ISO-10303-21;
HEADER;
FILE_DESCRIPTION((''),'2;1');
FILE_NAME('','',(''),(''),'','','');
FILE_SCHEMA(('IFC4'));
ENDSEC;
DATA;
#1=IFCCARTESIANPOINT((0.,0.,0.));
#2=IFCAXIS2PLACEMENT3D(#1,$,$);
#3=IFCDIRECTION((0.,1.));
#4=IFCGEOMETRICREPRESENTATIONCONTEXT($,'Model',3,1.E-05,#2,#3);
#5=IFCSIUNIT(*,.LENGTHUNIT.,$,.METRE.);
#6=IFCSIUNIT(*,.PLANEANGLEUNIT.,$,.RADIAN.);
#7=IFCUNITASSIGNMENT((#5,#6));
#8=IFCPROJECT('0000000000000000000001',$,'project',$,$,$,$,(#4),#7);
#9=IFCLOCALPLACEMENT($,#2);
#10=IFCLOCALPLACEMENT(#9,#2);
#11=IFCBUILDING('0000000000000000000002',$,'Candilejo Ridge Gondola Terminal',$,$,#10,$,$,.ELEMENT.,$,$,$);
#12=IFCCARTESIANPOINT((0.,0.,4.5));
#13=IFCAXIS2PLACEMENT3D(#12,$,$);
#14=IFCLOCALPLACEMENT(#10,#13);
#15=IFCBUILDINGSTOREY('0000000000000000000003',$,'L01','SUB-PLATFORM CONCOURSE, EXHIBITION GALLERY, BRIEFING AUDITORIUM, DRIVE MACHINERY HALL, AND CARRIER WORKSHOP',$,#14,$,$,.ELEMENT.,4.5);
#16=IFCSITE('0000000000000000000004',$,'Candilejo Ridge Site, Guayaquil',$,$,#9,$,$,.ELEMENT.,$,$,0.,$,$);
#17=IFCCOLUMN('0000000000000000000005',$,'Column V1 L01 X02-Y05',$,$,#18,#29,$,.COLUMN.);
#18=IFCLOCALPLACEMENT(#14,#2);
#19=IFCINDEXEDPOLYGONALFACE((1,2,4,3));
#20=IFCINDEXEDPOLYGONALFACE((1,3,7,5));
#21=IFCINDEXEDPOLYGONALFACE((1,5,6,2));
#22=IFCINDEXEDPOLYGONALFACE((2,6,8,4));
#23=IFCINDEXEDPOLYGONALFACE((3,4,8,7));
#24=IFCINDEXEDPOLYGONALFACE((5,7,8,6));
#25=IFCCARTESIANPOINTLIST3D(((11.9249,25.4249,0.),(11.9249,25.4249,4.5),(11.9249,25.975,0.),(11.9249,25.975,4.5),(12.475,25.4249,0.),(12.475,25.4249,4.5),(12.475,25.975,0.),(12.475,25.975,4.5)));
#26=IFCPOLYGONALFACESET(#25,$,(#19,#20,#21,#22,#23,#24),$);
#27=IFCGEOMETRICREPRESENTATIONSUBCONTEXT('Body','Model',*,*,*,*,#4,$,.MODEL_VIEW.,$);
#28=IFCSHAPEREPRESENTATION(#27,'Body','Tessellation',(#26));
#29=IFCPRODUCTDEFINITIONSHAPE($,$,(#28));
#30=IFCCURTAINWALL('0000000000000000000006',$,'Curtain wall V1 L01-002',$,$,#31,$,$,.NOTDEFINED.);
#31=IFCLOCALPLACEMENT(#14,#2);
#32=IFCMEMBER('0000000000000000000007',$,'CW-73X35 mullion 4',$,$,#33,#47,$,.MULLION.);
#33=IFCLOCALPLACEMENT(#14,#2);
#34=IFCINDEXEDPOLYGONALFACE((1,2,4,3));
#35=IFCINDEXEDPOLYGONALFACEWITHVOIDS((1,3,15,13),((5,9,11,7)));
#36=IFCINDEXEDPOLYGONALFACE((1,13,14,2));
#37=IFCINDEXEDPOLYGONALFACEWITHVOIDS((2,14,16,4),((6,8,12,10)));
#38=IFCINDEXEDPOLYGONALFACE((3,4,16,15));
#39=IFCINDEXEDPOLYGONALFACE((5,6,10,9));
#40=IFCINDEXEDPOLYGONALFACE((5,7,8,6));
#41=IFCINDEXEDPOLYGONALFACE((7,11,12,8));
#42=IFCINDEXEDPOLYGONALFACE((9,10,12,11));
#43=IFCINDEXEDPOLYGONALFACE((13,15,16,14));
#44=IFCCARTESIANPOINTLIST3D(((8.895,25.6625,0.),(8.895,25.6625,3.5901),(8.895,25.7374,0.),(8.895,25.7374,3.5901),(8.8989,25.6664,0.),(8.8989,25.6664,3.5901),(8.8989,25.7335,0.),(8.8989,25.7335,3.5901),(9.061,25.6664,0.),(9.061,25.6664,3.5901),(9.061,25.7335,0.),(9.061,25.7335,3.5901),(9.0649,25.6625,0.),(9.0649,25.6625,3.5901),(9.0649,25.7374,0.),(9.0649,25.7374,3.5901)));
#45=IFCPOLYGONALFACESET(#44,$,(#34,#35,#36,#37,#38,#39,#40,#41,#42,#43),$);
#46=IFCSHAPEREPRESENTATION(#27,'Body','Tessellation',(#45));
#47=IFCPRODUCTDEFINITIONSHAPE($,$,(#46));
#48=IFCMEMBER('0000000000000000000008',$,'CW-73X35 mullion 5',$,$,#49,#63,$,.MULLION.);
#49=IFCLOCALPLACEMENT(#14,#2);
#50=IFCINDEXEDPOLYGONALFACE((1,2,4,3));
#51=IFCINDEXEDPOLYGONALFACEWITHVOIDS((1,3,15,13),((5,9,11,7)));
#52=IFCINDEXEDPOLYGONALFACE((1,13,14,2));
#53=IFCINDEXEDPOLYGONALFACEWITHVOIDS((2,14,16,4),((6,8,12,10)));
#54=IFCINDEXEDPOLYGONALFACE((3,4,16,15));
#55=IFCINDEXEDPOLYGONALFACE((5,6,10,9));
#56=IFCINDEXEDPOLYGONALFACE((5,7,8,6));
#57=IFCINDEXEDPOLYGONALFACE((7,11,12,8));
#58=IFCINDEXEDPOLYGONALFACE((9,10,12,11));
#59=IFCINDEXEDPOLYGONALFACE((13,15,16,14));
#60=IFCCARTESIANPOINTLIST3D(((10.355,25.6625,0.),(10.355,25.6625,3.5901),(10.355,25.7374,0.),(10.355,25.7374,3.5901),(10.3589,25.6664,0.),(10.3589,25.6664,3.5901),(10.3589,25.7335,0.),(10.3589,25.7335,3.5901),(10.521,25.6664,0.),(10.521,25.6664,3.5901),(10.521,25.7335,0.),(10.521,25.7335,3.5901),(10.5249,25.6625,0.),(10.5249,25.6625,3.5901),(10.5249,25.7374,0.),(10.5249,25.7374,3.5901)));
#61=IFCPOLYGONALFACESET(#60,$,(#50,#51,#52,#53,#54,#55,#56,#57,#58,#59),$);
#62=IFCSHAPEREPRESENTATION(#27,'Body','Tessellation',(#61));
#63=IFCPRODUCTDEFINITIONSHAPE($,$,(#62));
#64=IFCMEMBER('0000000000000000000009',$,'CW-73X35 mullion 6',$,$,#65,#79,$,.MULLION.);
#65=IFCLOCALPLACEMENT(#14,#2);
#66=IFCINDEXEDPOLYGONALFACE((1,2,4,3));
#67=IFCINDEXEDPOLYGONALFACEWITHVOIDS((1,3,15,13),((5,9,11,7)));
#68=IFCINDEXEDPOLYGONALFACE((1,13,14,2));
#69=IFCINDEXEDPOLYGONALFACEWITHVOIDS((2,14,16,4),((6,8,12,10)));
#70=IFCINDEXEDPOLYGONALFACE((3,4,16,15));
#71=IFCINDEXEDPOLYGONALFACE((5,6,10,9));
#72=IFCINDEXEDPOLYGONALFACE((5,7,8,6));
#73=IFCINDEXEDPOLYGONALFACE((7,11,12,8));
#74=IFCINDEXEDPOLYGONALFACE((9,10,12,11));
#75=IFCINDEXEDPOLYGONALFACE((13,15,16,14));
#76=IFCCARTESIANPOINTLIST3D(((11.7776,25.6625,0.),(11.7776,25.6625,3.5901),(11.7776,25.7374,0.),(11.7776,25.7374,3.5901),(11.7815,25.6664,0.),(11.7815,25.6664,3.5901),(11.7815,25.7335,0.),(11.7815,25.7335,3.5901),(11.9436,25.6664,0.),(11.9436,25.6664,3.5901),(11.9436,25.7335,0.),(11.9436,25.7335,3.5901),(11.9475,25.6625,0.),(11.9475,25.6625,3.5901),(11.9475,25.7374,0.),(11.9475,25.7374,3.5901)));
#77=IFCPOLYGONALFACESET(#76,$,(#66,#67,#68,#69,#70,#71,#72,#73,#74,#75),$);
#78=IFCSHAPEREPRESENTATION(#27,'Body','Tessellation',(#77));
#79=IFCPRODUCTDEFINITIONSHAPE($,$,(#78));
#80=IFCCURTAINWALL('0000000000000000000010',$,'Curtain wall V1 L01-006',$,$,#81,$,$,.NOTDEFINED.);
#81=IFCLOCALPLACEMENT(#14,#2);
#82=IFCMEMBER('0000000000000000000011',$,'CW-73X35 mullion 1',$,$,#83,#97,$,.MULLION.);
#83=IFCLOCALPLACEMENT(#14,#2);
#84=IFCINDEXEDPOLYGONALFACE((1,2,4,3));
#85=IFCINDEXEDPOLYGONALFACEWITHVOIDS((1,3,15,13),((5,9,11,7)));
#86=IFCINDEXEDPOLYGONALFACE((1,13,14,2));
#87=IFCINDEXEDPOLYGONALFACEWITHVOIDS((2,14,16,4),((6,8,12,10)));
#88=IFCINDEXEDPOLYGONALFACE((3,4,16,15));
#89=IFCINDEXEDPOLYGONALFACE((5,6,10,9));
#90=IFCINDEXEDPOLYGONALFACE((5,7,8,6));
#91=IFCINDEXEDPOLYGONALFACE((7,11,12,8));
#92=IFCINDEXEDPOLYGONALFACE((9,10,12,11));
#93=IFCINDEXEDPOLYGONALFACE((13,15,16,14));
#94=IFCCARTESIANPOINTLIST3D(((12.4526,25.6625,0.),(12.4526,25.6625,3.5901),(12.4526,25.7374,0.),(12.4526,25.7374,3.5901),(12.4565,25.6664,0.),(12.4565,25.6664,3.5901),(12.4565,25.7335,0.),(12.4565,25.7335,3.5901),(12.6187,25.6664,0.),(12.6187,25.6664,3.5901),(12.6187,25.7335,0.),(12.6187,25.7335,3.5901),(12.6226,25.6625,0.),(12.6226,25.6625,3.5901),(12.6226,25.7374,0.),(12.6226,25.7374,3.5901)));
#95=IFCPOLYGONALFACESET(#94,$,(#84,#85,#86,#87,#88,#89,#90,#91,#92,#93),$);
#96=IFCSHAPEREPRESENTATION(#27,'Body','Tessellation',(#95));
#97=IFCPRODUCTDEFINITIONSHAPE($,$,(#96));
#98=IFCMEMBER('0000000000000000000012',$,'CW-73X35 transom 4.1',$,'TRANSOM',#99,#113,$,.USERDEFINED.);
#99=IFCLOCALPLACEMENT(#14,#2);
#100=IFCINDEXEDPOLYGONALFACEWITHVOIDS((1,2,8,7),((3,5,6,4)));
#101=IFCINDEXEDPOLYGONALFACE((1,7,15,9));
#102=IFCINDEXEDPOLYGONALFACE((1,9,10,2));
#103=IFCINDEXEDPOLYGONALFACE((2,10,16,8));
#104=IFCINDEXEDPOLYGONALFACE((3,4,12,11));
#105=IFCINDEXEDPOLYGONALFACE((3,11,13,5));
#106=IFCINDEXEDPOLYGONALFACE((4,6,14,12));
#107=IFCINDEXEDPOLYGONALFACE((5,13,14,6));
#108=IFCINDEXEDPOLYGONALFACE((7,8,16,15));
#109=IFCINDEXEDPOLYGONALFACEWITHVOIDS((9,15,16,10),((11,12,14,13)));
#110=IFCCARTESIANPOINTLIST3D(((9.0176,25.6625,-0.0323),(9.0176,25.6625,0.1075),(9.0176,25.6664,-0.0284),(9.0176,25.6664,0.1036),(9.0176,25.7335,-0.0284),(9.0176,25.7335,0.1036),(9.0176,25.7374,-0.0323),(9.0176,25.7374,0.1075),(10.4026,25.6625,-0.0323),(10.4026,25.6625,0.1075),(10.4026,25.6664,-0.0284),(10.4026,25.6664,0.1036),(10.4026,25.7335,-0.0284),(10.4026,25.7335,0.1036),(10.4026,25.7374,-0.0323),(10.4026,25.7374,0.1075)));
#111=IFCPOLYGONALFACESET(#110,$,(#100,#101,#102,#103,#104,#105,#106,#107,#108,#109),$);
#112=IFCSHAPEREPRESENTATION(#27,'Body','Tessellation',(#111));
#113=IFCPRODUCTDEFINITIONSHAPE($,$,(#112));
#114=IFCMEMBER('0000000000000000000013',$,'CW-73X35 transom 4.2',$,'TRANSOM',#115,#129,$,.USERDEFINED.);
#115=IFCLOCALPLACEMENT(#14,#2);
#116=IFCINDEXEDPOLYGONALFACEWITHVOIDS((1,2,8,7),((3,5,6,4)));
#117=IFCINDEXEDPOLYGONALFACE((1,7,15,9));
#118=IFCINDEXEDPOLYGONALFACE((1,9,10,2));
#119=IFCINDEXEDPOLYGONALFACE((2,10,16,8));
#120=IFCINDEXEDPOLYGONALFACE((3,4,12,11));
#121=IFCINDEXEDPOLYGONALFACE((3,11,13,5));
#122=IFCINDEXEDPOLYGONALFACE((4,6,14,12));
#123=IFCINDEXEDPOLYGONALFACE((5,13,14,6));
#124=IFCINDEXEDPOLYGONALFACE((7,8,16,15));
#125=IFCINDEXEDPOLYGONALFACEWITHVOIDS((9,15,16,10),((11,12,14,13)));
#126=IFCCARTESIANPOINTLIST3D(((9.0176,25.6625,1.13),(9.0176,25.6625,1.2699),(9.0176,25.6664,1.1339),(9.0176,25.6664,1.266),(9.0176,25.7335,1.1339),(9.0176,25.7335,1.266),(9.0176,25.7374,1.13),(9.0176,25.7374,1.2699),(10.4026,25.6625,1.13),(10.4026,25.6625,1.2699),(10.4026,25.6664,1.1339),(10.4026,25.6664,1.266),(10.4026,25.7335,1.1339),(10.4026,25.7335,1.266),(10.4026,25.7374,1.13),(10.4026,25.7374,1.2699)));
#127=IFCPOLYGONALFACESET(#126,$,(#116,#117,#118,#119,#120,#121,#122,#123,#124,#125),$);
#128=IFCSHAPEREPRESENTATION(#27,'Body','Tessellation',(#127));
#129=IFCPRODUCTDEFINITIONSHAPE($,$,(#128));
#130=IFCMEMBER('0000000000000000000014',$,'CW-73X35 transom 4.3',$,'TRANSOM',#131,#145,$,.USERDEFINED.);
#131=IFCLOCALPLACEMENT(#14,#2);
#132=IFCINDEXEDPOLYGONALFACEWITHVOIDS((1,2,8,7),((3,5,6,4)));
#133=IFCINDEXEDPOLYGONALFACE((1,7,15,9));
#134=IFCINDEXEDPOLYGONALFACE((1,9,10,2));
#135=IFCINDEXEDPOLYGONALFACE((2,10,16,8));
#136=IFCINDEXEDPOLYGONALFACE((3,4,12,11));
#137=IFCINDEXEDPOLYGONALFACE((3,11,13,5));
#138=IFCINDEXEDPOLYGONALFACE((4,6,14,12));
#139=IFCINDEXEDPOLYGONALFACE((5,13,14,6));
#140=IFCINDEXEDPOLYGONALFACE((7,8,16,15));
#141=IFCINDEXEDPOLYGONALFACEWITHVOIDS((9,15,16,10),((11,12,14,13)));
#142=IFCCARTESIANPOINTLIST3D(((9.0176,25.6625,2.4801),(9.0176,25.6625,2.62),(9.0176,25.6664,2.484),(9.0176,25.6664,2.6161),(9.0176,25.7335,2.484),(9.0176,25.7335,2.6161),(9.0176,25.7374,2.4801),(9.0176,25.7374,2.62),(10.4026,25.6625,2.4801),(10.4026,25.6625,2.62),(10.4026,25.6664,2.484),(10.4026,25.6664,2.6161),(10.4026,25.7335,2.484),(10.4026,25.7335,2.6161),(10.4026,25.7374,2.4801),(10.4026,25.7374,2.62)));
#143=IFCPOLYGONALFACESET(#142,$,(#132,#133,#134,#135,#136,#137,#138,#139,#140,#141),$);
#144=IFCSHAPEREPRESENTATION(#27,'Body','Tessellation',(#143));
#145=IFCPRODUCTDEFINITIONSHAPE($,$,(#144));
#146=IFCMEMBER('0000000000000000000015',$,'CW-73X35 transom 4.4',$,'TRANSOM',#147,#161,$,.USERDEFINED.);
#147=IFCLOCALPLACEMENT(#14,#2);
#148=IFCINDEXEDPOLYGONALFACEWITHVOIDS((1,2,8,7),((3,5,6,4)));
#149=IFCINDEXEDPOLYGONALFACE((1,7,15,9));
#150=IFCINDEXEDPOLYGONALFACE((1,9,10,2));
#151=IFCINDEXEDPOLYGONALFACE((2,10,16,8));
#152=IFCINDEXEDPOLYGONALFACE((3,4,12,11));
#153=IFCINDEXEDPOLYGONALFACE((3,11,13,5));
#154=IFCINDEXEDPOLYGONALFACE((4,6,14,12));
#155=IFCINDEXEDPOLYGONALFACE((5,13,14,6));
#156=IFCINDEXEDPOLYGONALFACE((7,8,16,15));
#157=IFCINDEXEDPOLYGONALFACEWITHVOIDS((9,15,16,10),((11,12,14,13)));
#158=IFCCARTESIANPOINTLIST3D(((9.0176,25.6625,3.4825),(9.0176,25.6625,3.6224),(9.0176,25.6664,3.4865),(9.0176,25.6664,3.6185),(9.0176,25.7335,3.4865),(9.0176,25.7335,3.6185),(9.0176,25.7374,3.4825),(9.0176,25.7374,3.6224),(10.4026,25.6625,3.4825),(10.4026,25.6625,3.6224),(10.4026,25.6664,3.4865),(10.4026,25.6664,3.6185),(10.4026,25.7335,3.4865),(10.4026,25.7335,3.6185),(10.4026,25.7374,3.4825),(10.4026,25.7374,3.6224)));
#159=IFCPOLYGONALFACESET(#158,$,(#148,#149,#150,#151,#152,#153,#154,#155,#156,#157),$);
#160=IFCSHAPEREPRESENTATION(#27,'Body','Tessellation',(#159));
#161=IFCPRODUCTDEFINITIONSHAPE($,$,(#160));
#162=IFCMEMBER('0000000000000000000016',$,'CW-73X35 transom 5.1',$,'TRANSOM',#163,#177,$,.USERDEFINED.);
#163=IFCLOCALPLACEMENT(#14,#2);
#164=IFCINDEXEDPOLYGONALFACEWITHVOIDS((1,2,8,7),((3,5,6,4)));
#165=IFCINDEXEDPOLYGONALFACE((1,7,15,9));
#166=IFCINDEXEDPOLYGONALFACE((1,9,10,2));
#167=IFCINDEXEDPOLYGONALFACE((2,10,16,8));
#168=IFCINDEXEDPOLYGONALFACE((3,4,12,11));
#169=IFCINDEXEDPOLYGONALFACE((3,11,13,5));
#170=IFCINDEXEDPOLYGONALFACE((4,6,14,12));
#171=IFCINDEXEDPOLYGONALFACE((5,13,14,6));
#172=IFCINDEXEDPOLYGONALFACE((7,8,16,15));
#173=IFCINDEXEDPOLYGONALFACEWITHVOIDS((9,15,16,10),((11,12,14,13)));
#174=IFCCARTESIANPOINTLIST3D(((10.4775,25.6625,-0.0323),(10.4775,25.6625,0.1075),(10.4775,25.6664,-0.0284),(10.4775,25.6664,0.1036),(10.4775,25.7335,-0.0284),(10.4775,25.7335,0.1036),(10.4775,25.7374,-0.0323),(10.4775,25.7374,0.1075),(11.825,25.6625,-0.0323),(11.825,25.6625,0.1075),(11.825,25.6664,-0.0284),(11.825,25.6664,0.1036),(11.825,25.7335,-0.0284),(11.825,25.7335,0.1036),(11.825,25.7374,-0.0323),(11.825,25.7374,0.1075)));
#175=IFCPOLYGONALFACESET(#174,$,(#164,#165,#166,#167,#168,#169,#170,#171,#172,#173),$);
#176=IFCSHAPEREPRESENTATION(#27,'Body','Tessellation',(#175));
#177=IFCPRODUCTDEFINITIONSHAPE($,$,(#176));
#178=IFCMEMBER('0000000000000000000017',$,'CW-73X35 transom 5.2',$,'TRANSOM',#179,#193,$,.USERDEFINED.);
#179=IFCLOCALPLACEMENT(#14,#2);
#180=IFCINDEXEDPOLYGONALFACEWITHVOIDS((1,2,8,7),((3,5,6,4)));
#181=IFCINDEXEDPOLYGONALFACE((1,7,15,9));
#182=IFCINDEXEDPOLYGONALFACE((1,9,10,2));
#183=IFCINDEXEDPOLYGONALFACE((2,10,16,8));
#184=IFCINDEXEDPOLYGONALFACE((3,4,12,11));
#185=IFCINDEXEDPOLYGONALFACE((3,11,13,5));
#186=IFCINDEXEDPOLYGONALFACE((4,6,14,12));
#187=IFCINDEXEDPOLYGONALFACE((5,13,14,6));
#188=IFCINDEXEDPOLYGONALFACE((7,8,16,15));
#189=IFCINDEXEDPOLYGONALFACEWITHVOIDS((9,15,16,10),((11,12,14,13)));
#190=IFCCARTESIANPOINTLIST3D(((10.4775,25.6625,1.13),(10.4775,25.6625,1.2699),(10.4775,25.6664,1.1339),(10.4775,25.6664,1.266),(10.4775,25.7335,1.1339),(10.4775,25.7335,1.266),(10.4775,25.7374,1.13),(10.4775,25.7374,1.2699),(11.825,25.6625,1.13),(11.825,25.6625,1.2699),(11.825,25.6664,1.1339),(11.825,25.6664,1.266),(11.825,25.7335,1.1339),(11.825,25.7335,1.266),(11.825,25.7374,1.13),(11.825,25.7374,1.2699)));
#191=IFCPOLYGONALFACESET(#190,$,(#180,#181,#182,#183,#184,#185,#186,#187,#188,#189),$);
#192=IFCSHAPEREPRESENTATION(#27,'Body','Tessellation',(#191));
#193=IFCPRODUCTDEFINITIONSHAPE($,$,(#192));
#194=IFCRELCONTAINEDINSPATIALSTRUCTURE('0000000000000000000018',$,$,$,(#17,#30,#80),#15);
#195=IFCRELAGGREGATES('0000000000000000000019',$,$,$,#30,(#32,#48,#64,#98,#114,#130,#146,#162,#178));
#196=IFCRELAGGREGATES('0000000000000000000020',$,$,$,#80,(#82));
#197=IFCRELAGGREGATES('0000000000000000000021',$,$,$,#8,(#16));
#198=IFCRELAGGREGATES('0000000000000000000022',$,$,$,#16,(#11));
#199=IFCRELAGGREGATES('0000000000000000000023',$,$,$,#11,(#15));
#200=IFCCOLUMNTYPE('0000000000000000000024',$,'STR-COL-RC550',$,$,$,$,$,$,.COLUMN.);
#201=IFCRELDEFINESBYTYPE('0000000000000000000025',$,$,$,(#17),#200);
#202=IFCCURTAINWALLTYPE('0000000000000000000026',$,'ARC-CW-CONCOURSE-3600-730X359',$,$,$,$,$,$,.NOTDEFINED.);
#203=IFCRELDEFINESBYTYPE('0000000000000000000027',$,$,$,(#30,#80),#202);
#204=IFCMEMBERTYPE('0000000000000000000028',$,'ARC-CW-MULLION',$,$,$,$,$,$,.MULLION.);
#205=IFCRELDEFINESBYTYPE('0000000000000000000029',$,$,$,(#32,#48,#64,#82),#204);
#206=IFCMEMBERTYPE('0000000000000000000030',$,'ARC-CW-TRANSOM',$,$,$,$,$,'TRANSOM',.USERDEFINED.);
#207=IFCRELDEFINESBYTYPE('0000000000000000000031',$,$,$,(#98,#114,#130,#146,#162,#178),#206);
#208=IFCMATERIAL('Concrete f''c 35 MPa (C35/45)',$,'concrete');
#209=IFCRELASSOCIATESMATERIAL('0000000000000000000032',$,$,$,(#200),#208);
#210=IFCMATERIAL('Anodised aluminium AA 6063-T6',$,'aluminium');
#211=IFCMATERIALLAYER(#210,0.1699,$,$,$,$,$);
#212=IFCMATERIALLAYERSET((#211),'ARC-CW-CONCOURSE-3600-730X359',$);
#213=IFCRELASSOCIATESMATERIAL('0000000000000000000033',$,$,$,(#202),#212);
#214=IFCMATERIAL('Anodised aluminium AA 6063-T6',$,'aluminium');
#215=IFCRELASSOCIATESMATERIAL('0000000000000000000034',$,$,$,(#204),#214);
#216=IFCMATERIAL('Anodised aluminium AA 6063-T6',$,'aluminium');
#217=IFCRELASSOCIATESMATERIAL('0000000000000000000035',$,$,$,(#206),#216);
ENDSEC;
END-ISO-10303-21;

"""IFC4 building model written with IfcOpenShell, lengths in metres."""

from ifc_helpers import new_model, si_unit, direction, frame, origin, origin_2d, place, context, subcontext, project, spatial, rectangle, hollow_rectangle, extrude, material, layer, layer_set, material_profile, profile_set, type_object, element, aggregate, save


model = new_model("IFC4")

# Units and contexts
model_context = context("Model", 3, precision=1e-05, world=origin(), true_north=direction((0.0, 1.0)))
body_context = subcontext(model_context, "Body", "Model", "MODEL_VIEW")
ifc_project = project(units=[si_unit("LENGTHUNIT", "METRE"), si_unit("PLANEANGLEUNIT", "RADIAN")], contexts=[model_context])

# Site, building, storey
site_placement = place(None, origin())
site = spatial("IfcSite", under=ifc_project, at=site_placement, Name="Candilejo Ridge Site, Guayaquil", CompositionType="ELEMENT", RefElevation=0.0)
building_placement = place(site_placement, origin())
building = spatial("IfcBuilding", under=site, at=building_placement, Name="Candilejo Ridge Gondola Terminal", CompositionType="ELEMENT")
storey_placement = place(building_placement, frame((0.0, 0.0, 4.5)))
storey = spatial("IfcBuildingStorey", under=building, at=storey_placement, Name="L01", Description="SUB-PLATFORM CONCOURSE, EXHIBITION GALLERY, BRIEFING AUDITORIUM, DRIVE MACHINERY HALL, AND CARRIER WORKSHOP", CompositionType="ELEMENT", Elevation=4.5)

# Column
ifc_material_1 = material(Name="Concrete f'c 35 MPa (C35/45)", Category="concrete")
ifc_material_profile_1 = material_profile(ifc_material_1, rectangle(XDim=0.55, YDim=0.55, at=origin_2d()))
ifc_profile_set_1 = profile_set([ifc_material_profile_1], Name="Concrete f'c 35 MPa (C35/45)")
column_type = type_object("IfcColumnType", Name="STR-COL-RC550", PredefinedType="COLUMN", material=ifc_profile_set_1)
column_placement = place(storey_placement, frame((12.2, 25.7, 0.0), z_axis=(0.0, 0.0, 1.0), x_axis=(1.0, 0.0, 0.0)))
element("IfcColumn", 1, at=column_placement, inside=storey, type_object=column_type, Name="Column V1 L01 X02-Y05", PredefinedType="COLUMN", context=body_context, shape_type="SweptSolid", body=[
    extrude(rectangle(XDim=0.55, YDim=0.55, at=origin_2d()), origin(), (0.0, 0.0, 1.0), 4.5),
])

# Curtain wall, members
ifc_material_2 = material(Name="Anodised aluminium AA 6063-T6", Category="aluminium")
ifc_layer_1 = layer(ifc_material_2, 0.1699)
ifc_layer_set_1 = layer_set([ifc_layer_1], Name="ARC-CW-CONCOURSE-3600-730X359")
curtain_wall_type = type_object("IfcCurtainWallType", Name="ARC-CW-CONCOURSE-3600-730X359", PredefinedType="NOTDEFINED", material=ifc_layer_set_1)
curtain_wall_1_placement = place(storey_placement, origin())
curtain_wall_1 = element("IfcCurtainWall", 2, at=curtain_wall_1_placement, inside=storey, type_object=curtain_wall_type, Name="Curtain wall V1 L01-002", PredefinedType="NOTDEFINED")
ifc_material_3 = material(Name="Anodised aluminium AA 6063-T6", Category="aluminium")
ifc_material_profile_2 = material_profile(ifc_material_3, hollow_rectangle(XDim=0.075, YDim=0.1699, WallThickness=0.0039, at=origin_2d()))
ifc_profile_set_2 = profile_set([ifc_material_profile_2], Name="Anodised aluminium AA 6063-T6")
member_type_1 = type_object("IfcMemberType", Name="ARC-CW-MULLION", PredefinedType="MULLION", material=ifc_profile_set_2)
member_1_placement = place(storey_placement, frame((8.98, 25.7, 0.0), z_axis=(0.0, 0.0, 1.0), x_axis=(0.0, 1.0, 0.0)))
member_1 = element("IfcMember", 3, at=member_1_placement, type_object=member_type_1, Name="CW-73X35 mullion 4", PredefinedType="MULLION", context=body_context, shape_type="SweptSolid", body=[
    extrude(hollow_rectangle(XDim=0.075, YDim=0.1699, WallThickness=0.0039, at=origin_2d()), origin(), (0.0, 0.0, 1.0), 3.5901),
])
member_2_placement = place(storey_placement, frame((10.4399, 25.7, 0.0), z_axis=(0.0, 0.0, 1.0), x_axis=(0.0, 1.0, 0.0)))
member_2 = element("IfcMember", 4, at=member_2_placement, type_object=member_type_1, Name="CW-73X35 mullion 5", PredefinedType="MULLION", context=body_context, shape_type="SweptSolid", body=[
    extrude(hollow_rectangle(XDim=0.075, YDim=0.1699, WallThickness=0.0039, at=origin_2d()), origin(), (0.0, 0.0, 1.0), 3.5901),
])
member_3_placement = place(storey_placement, frame((11.8625, 25.7, 0.0), z_axis=(0.0, 0.0, 1.0), x_axis=(0.0, 1.0, 0.0)))
member_3 = element("IfcMember", 5, at=member_3_placement, type_object=member_type_1, Name="CW-73X35 mullion 6", PredefinedType="MULLION", context=body_context, shape_type="SweptSolid", body=[
    extrude(hollow_rectangle(XDim=0.075, YDim=0.1699, WallThickness=0.0039, at=origin_2d()), origin(), (0.0, 0.0, 1.0), 3.5901),
])

# Curtain wall, member
curtain_wall_2_placement = place(storey_placement, origin())
curtain_wall_2 = element("IfcCurtainWall", 6, at=curtain_wall_2_placement, inside=storey, type_object=curtain_wall_type, Name="Curtain wall V1 L01-006", PredefinedType="NOTDEFINED")
member_4_placement = place(storey_placement, frame((12.5376, 25.7, 0.0), z_axis=(0.0, 0.0, 1.0), x_axis=(0.0, 1.0, 0.0)))
member_4 = element("IfcMember", 7, at=member_4_placement, type_object=member_type_1, Name="CW-73X35 mullion 1", PredefinedType="MULLION", context=body_context, shape_type="SweptSolid", body=[
    extrude(hollow_rectangle(XDim=0.075, YDim=0.1699, WallThickness=0.0039, at=origin_2d()), origin(), (0.0, 0.0, 1.0), 3.5901),
])

# Members
ifc_material_4 = material(Name="Anodised aluminium AA 6063-T6", Category="aluminium")
ifc_material_profile_3 = material_profile(ifc_material_4, hollow_rectangle(XDim=0.075, YDim=0.1399, WallThickness=0.0039, at=origin_2d()))
ifc_profile_set_3 = profile_set([ifc_material_profile_3], Name="Anodised aluminium AA 6063-T6")
member_type_2 = type_object("IfcMemberType", Name="ARC-CW-TRANSOM", ElementType="TRANSOM", PredefinedType="USERDEFINED", material=ifc_profile_set_3)
member_5_placement = place(storey_placement, frame((9.0176, 25.7, 0.0376), z_axis=(1.0, 0.0, 0.0), x_axis=(0.0, 1.0, 0.0)))
member_5 = element("IfcMember", 8, at=member_5_placement, type_object=member_type_2, Name="CW-73X35 transom 4.1", ObjectType="TRANSOM", PredefinedType="USERDEFINED", context=body_context, shape_type="SweptSolid", body=[
    extrude(hollow_rectangle(XDim=0.075, YDim=0.1399, WallThickness=0.0039, at=origin_2d()), origin(), (0.0, 0.0, 1.0), 1.385),
])
member_6_placement = place(storey_placement, frame((9.0176, 25.7, 1.2), z_axis=(1.0, 0.0, 0.0), x_axis=(0.0, 1.0, 0.0)))
member_6 = element("IfcMember", 9, at=member_6_placement, type_object=member_type_2, Name="CW-73X35 transom 4.2", ObjectType="TRANSOM", PredefinedType="USERDEFINED", context=body_context, shape_type="SweptSolid", body=[
    extrude(hollow_rectangle(XDim=0.075, YDim=0.1399, WallThickness=0.0039, at=origin_2d()), origin(), (0.0, 0.0, 1.0), 1.385),
])
member_7_placement = place(storey_placement, frame((9.0176, 25.7, 2.55), z_axis=(1.0, 0.0, 0.0), x_axis=(0.0, 1.0, 0.0)))
member_7 = element("IfcMember", 10, at=member_7_placement, type_object=member_type_2, Name="CW-73X35 transom 4.3", ObjectType="TRANSOM", PredefinedType="USERDEFINED", context=body_context, shape_type="SweptSolid", body=[
    extrude(hollow_rectangle(XDim=0.075, YDim=0.1399, WallThickness=0.0039, at=origin_2d()), origin(), (0.0, 0.0, 1.0), 1.385),
])
member_8_placement = place(storey_placement, frame((9.0176, 25.7, 3.5525), z_axis=(1.0, 0.0, 0.0), x_axis=(0.0, 1.0, 0.0)))
member_8 = element("IfcMember", 11, at=member_8_placement, type_object=member_type_2, Name="CW-73X35 transom 4.4", ObjectType="TRANSOM", PredefinedType="USERDEFINED", context=body_context, shape_type="SweptSolid", body=[
    extrude(hollow_rectangle(XDim=0.075, YDim=0.1399, WallThickness=0.0039, at=origin_2d()), origin(), (0.0, 0.0, 1.0), 1.385),
])
member_9_placement = place(storey_placement, frame((10.4775, 25.7, 0.0376), z_axis=(1.0, 0.0, 0.0), x_axis=(0.0, 1.0, 0.0)))
member_9 = element("IfcMember", 12, at=member_9_placement, type_object=member_type_2, Name="CW-73X35 transom 5.1", ObjectType="TRANSOM", PredefinedType="USERDEFINED", context=body_context, shape_type="SweptSolid", body=[
    extrude(hollow_rectangle(XDim=0.075, YDim=0.1399, WallThickness=0.0039, at=origin_2d()), origin(), (0.0, 0.0, 1.0), 1.3474),
])
member_10_placement = place(storey_placement, frame((10.4775, 25.7, 1.2), z_axis=(1.0, 0.0, 0.0), x_axis=(0.0, 1.0, 0.0)))
member_10 = element("IfcMember", 13, at=member_10_placement, type_object=member_type_2, Name="CW-73X35 transom 5.2", ObjectType="TRANSOM", PredefinedType="USERDEFINED", context=body_context, shape_type="SweptSolid", body=[
    extrude(hollow_rectangle(XDim=0.075, YDim=0.1399, WallThickness=0.0039, at=origin_2d()), origin(), (0.0, 0.0, 1.0), 1.3474),
])

aggregate(curtain_wall_1, [member_1, member_2, member_3, member_5, member_6, member_7, member_8, member_9, member_10])
aggregate(curtain_wall_2, [member_4])

save(model, "model.ifc")
